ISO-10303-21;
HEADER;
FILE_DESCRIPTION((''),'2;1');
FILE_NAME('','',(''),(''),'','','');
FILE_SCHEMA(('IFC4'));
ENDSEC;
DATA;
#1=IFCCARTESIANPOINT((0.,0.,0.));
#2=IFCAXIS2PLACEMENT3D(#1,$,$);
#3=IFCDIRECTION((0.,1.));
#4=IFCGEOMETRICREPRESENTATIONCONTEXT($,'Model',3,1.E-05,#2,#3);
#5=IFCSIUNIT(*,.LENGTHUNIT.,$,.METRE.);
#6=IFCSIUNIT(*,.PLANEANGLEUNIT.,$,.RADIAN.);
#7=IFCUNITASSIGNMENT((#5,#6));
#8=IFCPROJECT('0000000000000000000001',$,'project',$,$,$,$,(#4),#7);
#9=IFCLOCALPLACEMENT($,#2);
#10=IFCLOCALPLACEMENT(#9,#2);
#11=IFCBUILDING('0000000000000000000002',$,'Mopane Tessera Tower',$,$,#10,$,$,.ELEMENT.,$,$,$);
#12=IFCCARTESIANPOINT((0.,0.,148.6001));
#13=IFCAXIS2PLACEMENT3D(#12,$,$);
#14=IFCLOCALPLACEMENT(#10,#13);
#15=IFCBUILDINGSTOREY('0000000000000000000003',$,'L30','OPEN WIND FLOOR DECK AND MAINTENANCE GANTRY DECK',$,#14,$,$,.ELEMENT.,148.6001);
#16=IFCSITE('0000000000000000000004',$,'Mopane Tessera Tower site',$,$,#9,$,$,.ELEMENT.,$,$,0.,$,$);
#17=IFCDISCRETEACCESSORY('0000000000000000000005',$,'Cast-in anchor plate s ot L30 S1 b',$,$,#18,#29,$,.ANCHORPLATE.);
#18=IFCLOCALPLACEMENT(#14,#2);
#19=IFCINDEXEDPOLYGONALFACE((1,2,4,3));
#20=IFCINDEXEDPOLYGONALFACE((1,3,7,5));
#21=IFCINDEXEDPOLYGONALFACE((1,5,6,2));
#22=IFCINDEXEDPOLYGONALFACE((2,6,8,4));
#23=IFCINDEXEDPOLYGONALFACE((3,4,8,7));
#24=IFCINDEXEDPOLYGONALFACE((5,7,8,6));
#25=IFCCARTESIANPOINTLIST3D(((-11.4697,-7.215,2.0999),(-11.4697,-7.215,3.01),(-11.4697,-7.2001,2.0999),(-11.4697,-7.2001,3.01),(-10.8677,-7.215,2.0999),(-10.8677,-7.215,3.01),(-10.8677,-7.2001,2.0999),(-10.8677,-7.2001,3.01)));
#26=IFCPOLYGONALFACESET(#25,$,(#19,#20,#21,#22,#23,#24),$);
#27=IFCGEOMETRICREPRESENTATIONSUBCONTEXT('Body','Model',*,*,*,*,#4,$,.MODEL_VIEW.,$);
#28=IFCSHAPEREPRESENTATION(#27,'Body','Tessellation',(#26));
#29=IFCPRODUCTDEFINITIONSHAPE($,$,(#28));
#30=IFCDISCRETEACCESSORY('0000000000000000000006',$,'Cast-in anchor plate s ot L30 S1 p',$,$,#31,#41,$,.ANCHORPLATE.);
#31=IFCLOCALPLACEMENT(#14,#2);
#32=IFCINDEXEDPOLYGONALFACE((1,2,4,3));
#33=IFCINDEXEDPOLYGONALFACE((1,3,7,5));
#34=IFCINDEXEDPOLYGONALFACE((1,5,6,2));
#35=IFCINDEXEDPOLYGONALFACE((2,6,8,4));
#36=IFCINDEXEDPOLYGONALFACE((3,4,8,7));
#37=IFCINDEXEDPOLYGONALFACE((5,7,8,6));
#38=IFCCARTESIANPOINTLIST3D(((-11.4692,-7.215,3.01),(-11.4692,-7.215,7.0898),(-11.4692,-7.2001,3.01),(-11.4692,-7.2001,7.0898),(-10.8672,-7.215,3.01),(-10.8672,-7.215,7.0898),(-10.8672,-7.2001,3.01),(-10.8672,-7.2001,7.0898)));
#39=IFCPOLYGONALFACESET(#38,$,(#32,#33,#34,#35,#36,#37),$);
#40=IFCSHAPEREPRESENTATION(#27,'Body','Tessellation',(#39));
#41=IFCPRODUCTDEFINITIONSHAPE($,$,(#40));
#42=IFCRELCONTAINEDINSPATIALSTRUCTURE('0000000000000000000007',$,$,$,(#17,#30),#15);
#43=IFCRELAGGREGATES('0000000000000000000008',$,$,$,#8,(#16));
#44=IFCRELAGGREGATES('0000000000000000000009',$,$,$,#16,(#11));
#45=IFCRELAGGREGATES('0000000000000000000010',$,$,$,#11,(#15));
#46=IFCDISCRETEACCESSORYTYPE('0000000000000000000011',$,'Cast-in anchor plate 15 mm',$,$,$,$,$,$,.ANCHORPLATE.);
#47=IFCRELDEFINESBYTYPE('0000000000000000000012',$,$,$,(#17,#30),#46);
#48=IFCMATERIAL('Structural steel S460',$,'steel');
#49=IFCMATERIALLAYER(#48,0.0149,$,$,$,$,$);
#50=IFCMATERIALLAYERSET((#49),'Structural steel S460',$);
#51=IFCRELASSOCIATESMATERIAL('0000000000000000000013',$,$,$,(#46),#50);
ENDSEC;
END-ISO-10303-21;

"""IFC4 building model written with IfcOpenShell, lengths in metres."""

from ifc_helpers import new_model, si_unit, direction, frame, origin, origin_2d, place, context, subcontext, project, spatial, rectangle, extrude, material, layer, layer_set, type_object, element, save


model = new_model("IFC4")

# Units and contexts
model_context = context("Model", 3, precision=1e-05, world=origin(), true_north=direction((0.0, 1.0)))
body_context = subcontext(model_context, "Body", "Model", "MODEL_VIEW")
ifc_project = project(units=[si_unit("LENGTHUNIT", "METRE"), si_unit("PLANEANGLEUNIT", "RADIAN")], contexts=[model_context])

# Site, building, storey
site_placement = place(None, origin())
site = spatial("IfcSite", under=ifc_project, at=site_placement, Name="Mopane Tessera Tower site", CompositionType="ELEMENT", RefElevation=0.0)
building_placement = place(site_placement, origin())
building = spatial("IfcBuilding", under=site, at=building_placement, Name="Mopane Tessera Tower", CompositionType="ELEMENT")
storey_placement = place(building_placement, frame((0.0, 0.0, 148.6001)))
storey = spatial("IfcBuildingStorey", under=building, at=storey_placement, Name="L30", Description="OPEN WIND FLOOR DECK AND MAINTENANCE GANTRY DECK", CompositionType="ELEMENT", Elevation=148.6001)

# Discrete accessories
ifc_material_1 = material(Name="Structural steel S460", Category="steel")
ifc_layer_1 = layer(ifc_material_1, 0.0149)
ifc_layer_set_1 = layer_set([ifc_layer_1], Name="Structural steel S460")
discrete_accessory_type = type_object("IfcDiscreteAccessoryType", Name="Cast-in anchor plate 15 mm", PredefinedType="ANCHORPLATE", material=ifc_layer_set_1)
discrete_accessory_1_placement = place(storey_placement, frame((-11.1687, -7.2075, 2.0999), z_axis=(0.0, 0.0, 1.0), x_axis=(0.0, -1.0, 0.0)))
element("IfcDiscreteAccessory", 1, at=discrete_accessory_1_placement, inside=storey, type_object=discrete_accessory_type, Name="Cast-in anchor plate s ot L30 S1 b", PredefinedType="ANCHORPLATE", context=body_context, shape_type="SweptSolid", body=[
    extrude(rectangle(XDim=0.0149, YDim=0.6021, at=origin_2d()), origin(), (0.0, 0.0, 1.0), 0.9102),
])
discrete_accessory_2_placement = place(storey_placement, frame((-11.1682, -7.2075, 3.01), z_axis=(0.0, 0.0, 1.0), x_axis=(0.0, -1.0, 0.0)))
element("IfcDiscreteAccessory", 2, at=discrete_accessory_2_placement, inside=storey, type_object=discrete_accessory_type, Name="Cast-in anchor plate s ot L30 S1 p", PredefinedType="ANCHORPLATE", context=body_context, shape_type="SweptSolid", body=[
    extrude(rectangle(XDim=0.0149, YDim=0.6021, at=origin_2d()), origin(), (0.0, 0.0, 1.0), 4.0798),
])

save(model, "model.ifc")
